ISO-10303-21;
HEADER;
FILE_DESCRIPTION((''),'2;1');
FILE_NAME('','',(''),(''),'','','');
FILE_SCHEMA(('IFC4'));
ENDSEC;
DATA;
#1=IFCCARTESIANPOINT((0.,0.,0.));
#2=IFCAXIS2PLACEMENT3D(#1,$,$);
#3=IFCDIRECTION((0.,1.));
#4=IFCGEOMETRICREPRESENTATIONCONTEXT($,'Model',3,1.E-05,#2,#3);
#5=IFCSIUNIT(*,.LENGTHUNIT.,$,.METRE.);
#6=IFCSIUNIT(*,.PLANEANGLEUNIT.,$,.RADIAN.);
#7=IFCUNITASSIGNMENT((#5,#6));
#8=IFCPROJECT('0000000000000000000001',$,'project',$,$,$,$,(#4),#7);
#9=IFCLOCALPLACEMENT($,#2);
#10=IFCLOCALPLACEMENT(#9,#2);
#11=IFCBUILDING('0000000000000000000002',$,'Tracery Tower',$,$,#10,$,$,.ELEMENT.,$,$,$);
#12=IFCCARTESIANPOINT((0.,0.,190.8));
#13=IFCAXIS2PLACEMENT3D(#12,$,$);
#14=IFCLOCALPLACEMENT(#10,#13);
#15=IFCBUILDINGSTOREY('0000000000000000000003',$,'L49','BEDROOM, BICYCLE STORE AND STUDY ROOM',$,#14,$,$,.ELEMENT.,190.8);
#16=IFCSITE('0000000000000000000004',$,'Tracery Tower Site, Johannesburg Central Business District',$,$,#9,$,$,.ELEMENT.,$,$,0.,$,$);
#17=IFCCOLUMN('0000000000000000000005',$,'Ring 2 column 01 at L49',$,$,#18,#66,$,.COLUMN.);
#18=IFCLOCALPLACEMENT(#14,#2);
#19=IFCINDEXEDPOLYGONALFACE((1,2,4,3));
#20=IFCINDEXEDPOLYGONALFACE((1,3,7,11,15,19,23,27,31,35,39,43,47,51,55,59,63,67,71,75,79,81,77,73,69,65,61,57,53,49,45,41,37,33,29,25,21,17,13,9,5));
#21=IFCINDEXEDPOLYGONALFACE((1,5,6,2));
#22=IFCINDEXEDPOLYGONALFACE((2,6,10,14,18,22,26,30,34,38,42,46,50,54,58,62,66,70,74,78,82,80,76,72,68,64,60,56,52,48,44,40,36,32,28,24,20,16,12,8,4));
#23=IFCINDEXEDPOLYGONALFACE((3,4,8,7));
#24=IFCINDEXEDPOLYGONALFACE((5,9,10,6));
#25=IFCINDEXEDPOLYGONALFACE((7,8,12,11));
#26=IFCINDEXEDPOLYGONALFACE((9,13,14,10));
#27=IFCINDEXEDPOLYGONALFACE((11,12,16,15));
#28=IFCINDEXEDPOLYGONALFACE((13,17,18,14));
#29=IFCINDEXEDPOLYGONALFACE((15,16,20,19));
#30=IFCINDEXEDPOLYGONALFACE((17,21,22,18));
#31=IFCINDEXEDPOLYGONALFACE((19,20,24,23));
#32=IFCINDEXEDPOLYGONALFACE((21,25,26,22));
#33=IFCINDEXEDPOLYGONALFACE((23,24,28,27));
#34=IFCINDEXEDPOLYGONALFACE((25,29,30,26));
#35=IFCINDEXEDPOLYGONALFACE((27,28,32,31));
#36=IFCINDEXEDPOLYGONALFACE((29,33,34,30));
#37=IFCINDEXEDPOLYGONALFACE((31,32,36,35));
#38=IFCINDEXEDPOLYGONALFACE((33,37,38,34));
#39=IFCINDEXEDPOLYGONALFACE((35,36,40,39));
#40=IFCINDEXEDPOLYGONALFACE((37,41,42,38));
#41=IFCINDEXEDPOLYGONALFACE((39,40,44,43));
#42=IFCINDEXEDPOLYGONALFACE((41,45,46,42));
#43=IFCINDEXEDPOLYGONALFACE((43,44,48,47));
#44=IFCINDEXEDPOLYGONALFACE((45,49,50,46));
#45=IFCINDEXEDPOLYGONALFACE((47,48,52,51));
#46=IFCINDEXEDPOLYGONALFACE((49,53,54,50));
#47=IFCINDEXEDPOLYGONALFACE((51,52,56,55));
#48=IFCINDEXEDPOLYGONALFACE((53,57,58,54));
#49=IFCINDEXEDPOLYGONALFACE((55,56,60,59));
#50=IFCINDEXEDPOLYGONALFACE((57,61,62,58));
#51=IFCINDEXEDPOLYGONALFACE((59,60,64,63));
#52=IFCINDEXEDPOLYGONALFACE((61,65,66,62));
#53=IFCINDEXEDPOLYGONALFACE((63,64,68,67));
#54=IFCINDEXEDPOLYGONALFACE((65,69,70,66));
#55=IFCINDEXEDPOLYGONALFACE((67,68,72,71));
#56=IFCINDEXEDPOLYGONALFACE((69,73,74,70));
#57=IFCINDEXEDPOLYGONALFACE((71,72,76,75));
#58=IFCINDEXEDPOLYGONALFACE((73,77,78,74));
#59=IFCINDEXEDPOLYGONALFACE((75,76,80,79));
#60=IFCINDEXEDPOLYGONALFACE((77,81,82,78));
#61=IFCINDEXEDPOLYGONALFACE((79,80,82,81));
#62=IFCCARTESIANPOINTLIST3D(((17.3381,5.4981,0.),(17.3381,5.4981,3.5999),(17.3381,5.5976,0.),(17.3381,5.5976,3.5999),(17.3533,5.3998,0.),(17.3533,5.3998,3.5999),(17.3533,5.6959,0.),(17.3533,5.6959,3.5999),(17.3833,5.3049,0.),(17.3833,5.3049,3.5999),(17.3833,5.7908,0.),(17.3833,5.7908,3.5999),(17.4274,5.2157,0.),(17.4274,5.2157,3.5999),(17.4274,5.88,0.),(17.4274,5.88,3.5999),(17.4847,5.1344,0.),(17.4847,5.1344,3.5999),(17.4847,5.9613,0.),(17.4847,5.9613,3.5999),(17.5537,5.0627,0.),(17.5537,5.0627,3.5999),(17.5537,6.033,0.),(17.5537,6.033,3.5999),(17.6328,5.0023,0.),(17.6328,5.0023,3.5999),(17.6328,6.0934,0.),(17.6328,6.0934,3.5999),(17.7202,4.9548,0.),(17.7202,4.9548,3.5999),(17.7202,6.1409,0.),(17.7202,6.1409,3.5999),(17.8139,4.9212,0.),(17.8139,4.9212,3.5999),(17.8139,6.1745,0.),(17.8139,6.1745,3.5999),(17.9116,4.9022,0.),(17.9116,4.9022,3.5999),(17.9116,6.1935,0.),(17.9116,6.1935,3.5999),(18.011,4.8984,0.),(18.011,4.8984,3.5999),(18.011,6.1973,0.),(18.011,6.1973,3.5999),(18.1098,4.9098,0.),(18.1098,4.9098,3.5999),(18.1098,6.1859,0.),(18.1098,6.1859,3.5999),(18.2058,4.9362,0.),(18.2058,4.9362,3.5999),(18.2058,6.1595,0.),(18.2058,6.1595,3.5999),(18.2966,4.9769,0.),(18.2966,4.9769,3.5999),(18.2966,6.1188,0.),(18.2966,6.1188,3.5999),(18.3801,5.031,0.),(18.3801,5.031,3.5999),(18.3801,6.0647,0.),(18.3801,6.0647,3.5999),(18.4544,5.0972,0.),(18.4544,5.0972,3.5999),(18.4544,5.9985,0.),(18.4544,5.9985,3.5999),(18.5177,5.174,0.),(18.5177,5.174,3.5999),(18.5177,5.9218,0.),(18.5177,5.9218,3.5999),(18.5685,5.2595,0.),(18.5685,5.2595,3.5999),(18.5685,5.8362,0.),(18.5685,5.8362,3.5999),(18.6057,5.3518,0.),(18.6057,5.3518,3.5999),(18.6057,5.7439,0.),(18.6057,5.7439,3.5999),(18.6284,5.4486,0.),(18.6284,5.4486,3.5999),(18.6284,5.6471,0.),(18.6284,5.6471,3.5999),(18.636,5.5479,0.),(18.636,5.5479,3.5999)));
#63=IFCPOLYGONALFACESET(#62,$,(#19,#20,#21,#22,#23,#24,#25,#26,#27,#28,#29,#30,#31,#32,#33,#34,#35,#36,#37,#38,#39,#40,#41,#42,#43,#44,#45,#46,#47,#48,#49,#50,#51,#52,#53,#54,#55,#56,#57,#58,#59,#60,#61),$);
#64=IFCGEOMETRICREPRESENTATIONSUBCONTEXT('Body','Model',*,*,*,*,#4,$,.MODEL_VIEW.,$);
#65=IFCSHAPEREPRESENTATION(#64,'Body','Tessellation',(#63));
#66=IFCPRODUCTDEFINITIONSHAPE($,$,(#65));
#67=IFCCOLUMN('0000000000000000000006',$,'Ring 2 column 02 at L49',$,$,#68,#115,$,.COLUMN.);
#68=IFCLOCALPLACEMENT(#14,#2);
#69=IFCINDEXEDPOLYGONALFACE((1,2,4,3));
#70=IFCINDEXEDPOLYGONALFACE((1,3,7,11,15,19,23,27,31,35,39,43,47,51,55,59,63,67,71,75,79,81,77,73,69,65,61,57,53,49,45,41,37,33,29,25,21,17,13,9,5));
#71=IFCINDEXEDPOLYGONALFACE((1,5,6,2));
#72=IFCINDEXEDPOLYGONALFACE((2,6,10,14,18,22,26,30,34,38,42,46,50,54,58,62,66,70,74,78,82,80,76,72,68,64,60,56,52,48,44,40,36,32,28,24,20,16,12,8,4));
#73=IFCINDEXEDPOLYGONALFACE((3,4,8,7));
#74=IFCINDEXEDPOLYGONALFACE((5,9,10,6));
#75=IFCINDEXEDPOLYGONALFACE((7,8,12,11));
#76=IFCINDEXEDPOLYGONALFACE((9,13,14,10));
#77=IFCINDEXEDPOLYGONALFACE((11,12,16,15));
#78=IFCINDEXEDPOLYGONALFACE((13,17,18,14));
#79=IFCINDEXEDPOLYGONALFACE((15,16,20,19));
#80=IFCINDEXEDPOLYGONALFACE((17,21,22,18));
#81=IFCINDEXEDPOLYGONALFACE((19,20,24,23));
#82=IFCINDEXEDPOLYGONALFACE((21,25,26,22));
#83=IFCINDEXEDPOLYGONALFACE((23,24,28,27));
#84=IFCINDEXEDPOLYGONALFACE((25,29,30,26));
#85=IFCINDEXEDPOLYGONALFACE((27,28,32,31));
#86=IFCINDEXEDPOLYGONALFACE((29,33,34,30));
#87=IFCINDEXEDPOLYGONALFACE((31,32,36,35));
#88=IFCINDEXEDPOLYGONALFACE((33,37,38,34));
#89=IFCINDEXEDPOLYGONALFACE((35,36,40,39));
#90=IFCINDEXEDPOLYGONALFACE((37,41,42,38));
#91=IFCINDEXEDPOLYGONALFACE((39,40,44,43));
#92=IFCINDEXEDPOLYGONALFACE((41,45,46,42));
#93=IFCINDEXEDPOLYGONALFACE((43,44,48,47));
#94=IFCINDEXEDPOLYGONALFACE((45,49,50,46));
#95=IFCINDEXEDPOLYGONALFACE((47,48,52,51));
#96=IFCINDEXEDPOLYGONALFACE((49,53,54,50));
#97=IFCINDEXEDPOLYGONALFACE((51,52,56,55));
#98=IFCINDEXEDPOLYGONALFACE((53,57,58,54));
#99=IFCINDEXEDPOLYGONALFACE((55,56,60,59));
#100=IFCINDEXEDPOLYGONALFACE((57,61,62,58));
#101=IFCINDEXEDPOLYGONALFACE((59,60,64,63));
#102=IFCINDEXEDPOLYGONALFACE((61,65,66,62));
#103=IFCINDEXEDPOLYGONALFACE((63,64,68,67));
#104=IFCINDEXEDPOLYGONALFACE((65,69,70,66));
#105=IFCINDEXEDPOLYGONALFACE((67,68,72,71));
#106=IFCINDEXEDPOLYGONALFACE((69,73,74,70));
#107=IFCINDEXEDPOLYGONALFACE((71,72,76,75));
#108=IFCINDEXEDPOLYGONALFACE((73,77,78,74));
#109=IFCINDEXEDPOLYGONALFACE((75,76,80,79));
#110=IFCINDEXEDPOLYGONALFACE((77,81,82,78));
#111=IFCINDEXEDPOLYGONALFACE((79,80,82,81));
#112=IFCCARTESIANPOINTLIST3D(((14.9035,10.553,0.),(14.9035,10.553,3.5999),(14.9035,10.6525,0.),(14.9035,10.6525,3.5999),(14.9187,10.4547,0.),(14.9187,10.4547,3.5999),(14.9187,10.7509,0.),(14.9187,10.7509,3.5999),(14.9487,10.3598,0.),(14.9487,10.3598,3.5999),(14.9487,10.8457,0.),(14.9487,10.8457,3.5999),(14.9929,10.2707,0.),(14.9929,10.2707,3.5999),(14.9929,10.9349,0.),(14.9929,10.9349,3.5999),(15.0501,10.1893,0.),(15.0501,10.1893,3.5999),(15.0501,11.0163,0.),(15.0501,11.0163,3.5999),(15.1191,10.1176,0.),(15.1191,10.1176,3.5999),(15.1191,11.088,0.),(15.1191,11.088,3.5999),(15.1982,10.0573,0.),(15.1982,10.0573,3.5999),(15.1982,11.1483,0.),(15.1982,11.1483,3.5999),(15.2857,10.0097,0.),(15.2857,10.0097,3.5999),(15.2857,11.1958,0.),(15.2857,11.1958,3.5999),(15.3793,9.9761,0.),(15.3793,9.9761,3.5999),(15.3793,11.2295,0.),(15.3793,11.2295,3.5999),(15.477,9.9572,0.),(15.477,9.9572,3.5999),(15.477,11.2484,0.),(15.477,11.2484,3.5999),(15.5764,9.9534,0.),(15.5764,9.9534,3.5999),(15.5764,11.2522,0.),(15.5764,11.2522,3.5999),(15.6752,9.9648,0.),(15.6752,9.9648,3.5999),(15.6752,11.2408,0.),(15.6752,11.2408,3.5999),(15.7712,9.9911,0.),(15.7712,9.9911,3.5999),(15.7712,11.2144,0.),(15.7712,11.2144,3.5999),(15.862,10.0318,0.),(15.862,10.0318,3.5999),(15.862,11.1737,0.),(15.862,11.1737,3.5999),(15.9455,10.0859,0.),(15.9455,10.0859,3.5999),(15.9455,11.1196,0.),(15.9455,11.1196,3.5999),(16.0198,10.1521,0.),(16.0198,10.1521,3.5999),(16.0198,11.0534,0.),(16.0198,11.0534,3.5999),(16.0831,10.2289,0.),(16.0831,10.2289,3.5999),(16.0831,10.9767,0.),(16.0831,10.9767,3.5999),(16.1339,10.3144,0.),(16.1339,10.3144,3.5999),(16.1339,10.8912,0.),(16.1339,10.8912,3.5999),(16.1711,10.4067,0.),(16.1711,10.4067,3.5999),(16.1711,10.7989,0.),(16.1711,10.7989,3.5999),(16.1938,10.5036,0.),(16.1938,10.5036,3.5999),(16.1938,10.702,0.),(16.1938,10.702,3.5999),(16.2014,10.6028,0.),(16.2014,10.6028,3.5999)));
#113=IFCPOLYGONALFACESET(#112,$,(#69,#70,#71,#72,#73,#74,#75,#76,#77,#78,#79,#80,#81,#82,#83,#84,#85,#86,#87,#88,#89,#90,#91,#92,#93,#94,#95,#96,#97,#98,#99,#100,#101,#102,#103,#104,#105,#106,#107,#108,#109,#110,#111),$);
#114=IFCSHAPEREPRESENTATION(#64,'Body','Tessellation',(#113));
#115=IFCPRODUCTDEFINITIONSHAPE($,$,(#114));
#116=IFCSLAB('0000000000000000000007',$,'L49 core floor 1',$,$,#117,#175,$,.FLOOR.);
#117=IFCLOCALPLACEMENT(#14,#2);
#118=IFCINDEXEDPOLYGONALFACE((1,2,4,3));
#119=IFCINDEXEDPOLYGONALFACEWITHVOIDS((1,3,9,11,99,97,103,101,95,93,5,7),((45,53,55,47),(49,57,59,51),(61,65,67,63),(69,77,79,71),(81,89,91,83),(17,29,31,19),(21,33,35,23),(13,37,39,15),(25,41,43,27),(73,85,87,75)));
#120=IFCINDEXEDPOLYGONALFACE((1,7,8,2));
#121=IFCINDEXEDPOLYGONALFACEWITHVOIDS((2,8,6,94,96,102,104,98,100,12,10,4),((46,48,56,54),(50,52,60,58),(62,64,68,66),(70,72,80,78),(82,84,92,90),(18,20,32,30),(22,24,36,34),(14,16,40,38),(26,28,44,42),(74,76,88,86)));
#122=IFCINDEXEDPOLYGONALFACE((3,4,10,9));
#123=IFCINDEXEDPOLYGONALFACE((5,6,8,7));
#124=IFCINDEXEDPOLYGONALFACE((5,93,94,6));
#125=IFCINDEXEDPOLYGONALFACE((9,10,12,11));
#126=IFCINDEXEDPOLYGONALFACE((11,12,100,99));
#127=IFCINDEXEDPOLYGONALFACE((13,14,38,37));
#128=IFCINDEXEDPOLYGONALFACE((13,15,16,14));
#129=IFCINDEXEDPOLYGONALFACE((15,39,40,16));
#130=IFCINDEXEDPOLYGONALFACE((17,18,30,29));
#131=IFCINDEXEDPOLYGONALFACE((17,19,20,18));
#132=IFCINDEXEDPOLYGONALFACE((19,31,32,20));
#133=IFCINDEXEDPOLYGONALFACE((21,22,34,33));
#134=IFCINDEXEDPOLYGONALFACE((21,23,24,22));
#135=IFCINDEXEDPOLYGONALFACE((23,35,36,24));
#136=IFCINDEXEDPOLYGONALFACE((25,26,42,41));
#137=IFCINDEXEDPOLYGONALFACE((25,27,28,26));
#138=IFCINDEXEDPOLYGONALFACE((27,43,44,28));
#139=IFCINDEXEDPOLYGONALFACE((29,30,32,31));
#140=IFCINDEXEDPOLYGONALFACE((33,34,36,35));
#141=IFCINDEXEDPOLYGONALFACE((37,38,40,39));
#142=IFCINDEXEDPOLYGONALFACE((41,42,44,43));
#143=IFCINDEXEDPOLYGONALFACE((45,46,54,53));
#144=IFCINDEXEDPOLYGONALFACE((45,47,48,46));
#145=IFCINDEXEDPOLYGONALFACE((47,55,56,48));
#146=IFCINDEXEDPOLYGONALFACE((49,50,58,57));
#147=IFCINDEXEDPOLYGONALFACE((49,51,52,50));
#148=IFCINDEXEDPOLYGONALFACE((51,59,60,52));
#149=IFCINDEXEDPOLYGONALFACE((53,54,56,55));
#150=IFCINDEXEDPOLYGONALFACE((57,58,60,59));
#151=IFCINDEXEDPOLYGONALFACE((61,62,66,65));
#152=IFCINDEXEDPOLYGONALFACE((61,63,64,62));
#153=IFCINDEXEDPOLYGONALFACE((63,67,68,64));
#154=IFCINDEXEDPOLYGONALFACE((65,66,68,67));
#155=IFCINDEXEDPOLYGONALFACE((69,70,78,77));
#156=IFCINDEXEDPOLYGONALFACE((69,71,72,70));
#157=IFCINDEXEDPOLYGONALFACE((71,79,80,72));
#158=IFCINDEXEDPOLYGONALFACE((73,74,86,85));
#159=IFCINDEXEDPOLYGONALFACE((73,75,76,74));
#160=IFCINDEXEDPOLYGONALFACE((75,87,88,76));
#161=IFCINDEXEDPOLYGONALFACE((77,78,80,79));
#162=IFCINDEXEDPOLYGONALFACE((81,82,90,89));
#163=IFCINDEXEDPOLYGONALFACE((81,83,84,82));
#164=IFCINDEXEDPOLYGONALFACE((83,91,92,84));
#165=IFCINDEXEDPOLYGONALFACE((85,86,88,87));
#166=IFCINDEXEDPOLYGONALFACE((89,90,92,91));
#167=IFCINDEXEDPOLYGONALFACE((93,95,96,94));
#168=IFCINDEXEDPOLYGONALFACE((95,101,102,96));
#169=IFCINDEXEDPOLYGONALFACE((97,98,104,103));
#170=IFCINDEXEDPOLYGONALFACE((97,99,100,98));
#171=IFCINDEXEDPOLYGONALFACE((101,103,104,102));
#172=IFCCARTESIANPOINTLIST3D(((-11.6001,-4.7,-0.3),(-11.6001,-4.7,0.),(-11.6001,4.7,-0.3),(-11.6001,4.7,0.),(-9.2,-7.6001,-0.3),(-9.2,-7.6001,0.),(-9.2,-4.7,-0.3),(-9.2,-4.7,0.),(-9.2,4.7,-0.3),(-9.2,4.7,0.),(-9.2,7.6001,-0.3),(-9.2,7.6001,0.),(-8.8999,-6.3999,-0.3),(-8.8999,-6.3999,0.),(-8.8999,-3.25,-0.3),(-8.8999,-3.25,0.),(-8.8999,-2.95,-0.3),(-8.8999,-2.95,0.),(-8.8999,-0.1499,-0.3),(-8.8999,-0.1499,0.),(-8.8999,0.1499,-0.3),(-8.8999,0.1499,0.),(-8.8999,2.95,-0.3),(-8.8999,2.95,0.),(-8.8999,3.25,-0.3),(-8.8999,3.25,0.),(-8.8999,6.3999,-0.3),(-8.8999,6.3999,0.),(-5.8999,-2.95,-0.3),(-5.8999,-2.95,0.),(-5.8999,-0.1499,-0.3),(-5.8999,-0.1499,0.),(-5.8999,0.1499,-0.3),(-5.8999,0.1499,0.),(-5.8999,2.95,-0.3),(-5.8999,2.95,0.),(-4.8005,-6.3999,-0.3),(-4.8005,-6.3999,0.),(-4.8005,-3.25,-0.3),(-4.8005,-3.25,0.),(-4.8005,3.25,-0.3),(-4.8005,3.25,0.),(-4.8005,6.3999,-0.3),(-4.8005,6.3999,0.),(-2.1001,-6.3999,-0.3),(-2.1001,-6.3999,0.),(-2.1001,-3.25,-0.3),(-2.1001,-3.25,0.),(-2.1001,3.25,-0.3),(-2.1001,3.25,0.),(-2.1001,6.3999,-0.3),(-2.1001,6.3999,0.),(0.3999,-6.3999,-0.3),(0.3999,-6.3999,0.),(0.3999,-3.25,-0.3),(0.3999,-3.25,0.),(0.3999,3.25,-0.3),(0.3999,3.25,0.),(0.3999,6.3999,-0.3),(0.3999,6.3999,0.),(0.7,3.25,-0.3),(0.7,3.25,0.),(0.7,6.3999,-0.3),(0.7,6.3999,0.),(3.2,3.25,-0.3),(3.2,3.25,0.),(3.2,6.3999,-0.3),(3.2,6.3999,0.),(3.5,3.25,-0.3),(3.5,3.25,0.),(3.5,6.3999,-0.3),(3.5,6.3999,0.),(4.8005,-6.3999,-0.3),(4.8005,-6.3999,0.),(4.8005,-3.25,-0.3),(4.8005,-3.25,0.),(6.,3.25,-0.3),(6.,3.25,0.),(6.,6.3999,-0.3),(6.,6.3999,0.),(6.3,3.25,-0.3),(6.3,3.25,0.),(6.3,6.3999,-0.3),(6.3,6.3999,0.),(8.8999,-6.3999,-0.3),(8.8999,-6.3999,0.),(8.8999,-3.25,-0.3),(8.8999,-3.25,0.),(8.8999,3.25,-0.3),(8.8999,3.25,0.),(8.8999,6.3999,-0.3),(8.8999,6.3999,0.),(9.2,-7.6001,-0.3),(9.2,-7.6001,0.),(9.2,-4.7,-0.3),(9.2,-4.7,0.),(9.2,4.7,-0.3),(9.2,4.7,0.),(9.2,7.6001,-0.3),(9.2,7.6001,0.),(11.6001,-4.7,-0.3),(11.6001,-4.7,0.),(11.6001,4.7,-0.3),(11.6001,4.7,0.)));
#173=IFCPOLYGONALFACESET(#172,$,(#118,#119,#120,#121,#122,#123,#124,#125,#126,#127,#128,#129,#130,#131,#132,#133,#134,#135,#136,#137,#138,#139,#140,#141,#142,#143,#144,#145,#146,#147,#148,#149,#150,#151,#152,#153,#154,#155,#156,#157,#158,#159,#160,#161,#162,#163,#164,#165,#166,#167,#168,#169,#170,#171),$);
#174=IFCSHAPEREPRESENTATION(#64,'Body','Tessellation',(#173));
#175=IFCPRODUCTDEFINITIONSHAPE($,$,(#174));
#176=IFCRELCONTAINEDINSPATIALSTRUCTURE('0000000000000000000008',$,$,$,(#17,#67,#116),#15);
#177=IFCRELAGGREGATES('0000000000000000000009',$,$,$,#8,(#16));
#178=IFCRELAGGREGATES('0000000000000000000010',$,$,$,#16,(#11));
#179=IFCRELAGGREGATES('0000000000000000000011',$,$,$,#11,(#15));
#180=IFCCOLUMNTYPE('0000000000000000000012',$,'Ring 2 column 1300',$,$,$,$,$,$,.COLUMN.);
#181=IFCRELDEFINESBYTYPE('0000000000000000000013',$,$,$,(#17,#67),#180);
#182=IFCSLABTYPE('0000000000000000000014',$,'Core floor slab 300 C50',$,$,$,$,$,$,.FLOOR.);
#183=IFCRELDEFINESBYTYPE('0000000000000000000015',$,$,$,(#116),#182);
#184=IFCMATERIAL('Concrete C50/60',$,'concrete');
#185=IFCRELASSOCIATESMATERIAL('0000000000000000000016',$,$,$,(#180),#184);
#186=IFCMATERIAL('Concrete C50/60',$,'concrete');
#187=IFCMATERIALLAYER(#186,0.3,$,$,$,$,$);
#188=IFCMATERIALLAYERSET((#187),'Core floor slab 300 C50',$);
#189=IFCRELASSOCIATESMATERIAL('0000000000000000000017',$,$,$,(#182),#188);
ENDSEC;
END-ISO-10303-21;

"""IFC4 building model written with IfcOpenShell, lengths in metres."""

from ifc_helpers import new_model, si_unit, direction, frame, origin, origin_2d, place, context, subcontext, project, spatial, polyline, circle, outline, extrude, material, layer, layer_set, material_profile, profile_set, type_object, element, save


model = new_model("IFC4")

# Units and contexts
model_context = context("Model", 3, precision=1e-05, world=origin(), true_north=direction((0.0, 1.0)))
body_context = subcontext(model_context, "Body", "Model", "MODEL_VIEW")
ifc_project = project(units=[si_unit("LENGTHUNIT", "METRE"), si_unit("PLANEANGLEUNIT", "RADIAN")], contexts=[model_context])

# Site, building, storey
site_placement = place(None, origin())
site = spatial("IfcSite", under=ifc_project, at=site_placement, Name="Tracery Tower Site, Johannesburg Central Business District", CompositionType="ELEMENT", RefElevation=0.0)
building_placement = place(site_placement, origin())
building = spatial("IfcBuilding", under=site, at=building_placement, Name="Tracery Tower", CompositionType="ELEMENT")
storey_placement = place(building_placement, frame((0.0, 0.0, 190.8)))
storey = spatial("IfcBuildingStorey", under=building, at=storey_placement, Name="L49", Description="BEDROOM, BICYCLE STORE AND STUDY ROOM", CompositionType="ELEMENT", Elevation=190.8)

# Columns
ifc_material_1 = material(Name="Concrete C50/60", Category="concrete")
ifc_material_profile = material_profile(ifc_material_1, circle(Radius=0.6499, at=origin_2d()), Name="RC D1300")
ifc_profile_set = profile_set([ifc_material_profile], Name="Concrete C50/60")
column_type = type_object("IfcColumnType", Name="Ring 2 column 1300", PredefinedType="COLUMN", material=ifc_profile_set)
for number, where, z_axis, x_axis, name in (
    (1, (17.9861, 5.5479, 0.0), (0.0, 0.0, 1.0), (1.0, 0.0, 0.0), "Ring 2 column 01 at L49"),
    (2, (15.5515, 10.6028, 0.0), (0.0, 0.0, 1.0), (1.0, 0.0, 0.0), "Ring 2 column 02 at L49"),
):
    element("IfcColumn", number, at=place(storey_placement, frame(where, z_axis=z_axis, x_axis=x_axis)), inside=storey, type_object=column_type, Name=name, PredefinedType="COLUMN", context=body_context, shape_type="SweptSolid", body=[
        extrude(circle(Radius=0.6499, at=origin_2d()), origin(), (0.0, 0.0, 1.0), 3.5999),
    ])

# Slab
ifc_material_2 = material(Name="Concrete C50/60", Category="concrete")
ifc_layer_1 = layer(ifc_material_2, 0.3)
ifc_layer_set_1 = layer_set([ifc_layer_1], Name="Core floor slab 300 C50")
slab_type_1 = type_object("IfcSlabType", Name="Core floor slab 300 C50", PredefinedType="FLOOR", material=ifc_layer_set_1)
slab_1_placement = place(storey_placement, frame((0.0, 0.0, -0.3)))
element("IfcSlab", 3, at=slab_1_placement, inside=storey, type_object=slab_type_1, Name="L49 core floor 1", PredefinedType="FLOOR", context=body_context, shape_type="SweptSolid", body=[
    extrude(outline(polyline([(-9.2, 7.6001), (9.2, 7.6001), (9.2, 4.7), (11.6001, 4.7), (11.6001, -4.7), (9.2, -4.7), (9.2, -7.6001), (-9.2, -7.6001), (-9.2, -4.7), (-11.6001, -4.7), (-11.6001, 4.7), (-9.2, 4.7), (-9.2, 7.6001)]), holes=[polyline([(4.8005, -6.3999), (8.8999, -6.3999), (8.8999, -3.25), (4.8005, -3.25), (4.8005, -6.3999)]), polyline([(8.8999, 3.25), (8.8999, 6.3999), (6.3, 6.3999), (6.3, 3.25), (8.8999, 3.25)]), polyline([(6.0, 3.25), (6.0, 6.3999), (3.5, 6.3999), (3.5, 3.25), (6.0, 3.25)]), polyline([(3.2, 3.25), (3.2, 6.3999), (0.7, 6.3999), (0.7, 3.25), (3.2, 3.25)]), polyline([(-2.1001, 3.25), (0.3999, 3.25), (0.3999, 6.3999), (-2.1001, 6.3999), (-2.1001, 3.25)]), polyline([(0.3999, -6.3999), (0.3999, -3.25), (-2.1001, -3.25), (-2.1001, -6.3999), (0.3999, -6.3999)]), polyline([(-4.8005, -3.25), (-8.8999, -3.25), (-8.8999, -6.3999), (-4.8005, -6.3999), (-4.8005, -3.25)]), polyline([(-4.8005, 6.3999), (-8.8999, 6.3999), (-8.8999, 3.25), (-4.8005, 3.25), (-4.8005, 6.3999)]), polyline([(-5.8999, -2.95), (-5.8999, -0.1499), (-8.8999, -0.1499), (-8.8999, -2.95), (-5.8999, -2.95)]), polyline([(-5.8999, 0.1499), (-5.8999, 2.95), (-8.8999, 2.95), (-8.8999, 0.1499), (-5.8999, 0.1499)])]), origin(), (0.0, 0.0, 1.0), 0.3),
])

save(model, "model.ifc")
